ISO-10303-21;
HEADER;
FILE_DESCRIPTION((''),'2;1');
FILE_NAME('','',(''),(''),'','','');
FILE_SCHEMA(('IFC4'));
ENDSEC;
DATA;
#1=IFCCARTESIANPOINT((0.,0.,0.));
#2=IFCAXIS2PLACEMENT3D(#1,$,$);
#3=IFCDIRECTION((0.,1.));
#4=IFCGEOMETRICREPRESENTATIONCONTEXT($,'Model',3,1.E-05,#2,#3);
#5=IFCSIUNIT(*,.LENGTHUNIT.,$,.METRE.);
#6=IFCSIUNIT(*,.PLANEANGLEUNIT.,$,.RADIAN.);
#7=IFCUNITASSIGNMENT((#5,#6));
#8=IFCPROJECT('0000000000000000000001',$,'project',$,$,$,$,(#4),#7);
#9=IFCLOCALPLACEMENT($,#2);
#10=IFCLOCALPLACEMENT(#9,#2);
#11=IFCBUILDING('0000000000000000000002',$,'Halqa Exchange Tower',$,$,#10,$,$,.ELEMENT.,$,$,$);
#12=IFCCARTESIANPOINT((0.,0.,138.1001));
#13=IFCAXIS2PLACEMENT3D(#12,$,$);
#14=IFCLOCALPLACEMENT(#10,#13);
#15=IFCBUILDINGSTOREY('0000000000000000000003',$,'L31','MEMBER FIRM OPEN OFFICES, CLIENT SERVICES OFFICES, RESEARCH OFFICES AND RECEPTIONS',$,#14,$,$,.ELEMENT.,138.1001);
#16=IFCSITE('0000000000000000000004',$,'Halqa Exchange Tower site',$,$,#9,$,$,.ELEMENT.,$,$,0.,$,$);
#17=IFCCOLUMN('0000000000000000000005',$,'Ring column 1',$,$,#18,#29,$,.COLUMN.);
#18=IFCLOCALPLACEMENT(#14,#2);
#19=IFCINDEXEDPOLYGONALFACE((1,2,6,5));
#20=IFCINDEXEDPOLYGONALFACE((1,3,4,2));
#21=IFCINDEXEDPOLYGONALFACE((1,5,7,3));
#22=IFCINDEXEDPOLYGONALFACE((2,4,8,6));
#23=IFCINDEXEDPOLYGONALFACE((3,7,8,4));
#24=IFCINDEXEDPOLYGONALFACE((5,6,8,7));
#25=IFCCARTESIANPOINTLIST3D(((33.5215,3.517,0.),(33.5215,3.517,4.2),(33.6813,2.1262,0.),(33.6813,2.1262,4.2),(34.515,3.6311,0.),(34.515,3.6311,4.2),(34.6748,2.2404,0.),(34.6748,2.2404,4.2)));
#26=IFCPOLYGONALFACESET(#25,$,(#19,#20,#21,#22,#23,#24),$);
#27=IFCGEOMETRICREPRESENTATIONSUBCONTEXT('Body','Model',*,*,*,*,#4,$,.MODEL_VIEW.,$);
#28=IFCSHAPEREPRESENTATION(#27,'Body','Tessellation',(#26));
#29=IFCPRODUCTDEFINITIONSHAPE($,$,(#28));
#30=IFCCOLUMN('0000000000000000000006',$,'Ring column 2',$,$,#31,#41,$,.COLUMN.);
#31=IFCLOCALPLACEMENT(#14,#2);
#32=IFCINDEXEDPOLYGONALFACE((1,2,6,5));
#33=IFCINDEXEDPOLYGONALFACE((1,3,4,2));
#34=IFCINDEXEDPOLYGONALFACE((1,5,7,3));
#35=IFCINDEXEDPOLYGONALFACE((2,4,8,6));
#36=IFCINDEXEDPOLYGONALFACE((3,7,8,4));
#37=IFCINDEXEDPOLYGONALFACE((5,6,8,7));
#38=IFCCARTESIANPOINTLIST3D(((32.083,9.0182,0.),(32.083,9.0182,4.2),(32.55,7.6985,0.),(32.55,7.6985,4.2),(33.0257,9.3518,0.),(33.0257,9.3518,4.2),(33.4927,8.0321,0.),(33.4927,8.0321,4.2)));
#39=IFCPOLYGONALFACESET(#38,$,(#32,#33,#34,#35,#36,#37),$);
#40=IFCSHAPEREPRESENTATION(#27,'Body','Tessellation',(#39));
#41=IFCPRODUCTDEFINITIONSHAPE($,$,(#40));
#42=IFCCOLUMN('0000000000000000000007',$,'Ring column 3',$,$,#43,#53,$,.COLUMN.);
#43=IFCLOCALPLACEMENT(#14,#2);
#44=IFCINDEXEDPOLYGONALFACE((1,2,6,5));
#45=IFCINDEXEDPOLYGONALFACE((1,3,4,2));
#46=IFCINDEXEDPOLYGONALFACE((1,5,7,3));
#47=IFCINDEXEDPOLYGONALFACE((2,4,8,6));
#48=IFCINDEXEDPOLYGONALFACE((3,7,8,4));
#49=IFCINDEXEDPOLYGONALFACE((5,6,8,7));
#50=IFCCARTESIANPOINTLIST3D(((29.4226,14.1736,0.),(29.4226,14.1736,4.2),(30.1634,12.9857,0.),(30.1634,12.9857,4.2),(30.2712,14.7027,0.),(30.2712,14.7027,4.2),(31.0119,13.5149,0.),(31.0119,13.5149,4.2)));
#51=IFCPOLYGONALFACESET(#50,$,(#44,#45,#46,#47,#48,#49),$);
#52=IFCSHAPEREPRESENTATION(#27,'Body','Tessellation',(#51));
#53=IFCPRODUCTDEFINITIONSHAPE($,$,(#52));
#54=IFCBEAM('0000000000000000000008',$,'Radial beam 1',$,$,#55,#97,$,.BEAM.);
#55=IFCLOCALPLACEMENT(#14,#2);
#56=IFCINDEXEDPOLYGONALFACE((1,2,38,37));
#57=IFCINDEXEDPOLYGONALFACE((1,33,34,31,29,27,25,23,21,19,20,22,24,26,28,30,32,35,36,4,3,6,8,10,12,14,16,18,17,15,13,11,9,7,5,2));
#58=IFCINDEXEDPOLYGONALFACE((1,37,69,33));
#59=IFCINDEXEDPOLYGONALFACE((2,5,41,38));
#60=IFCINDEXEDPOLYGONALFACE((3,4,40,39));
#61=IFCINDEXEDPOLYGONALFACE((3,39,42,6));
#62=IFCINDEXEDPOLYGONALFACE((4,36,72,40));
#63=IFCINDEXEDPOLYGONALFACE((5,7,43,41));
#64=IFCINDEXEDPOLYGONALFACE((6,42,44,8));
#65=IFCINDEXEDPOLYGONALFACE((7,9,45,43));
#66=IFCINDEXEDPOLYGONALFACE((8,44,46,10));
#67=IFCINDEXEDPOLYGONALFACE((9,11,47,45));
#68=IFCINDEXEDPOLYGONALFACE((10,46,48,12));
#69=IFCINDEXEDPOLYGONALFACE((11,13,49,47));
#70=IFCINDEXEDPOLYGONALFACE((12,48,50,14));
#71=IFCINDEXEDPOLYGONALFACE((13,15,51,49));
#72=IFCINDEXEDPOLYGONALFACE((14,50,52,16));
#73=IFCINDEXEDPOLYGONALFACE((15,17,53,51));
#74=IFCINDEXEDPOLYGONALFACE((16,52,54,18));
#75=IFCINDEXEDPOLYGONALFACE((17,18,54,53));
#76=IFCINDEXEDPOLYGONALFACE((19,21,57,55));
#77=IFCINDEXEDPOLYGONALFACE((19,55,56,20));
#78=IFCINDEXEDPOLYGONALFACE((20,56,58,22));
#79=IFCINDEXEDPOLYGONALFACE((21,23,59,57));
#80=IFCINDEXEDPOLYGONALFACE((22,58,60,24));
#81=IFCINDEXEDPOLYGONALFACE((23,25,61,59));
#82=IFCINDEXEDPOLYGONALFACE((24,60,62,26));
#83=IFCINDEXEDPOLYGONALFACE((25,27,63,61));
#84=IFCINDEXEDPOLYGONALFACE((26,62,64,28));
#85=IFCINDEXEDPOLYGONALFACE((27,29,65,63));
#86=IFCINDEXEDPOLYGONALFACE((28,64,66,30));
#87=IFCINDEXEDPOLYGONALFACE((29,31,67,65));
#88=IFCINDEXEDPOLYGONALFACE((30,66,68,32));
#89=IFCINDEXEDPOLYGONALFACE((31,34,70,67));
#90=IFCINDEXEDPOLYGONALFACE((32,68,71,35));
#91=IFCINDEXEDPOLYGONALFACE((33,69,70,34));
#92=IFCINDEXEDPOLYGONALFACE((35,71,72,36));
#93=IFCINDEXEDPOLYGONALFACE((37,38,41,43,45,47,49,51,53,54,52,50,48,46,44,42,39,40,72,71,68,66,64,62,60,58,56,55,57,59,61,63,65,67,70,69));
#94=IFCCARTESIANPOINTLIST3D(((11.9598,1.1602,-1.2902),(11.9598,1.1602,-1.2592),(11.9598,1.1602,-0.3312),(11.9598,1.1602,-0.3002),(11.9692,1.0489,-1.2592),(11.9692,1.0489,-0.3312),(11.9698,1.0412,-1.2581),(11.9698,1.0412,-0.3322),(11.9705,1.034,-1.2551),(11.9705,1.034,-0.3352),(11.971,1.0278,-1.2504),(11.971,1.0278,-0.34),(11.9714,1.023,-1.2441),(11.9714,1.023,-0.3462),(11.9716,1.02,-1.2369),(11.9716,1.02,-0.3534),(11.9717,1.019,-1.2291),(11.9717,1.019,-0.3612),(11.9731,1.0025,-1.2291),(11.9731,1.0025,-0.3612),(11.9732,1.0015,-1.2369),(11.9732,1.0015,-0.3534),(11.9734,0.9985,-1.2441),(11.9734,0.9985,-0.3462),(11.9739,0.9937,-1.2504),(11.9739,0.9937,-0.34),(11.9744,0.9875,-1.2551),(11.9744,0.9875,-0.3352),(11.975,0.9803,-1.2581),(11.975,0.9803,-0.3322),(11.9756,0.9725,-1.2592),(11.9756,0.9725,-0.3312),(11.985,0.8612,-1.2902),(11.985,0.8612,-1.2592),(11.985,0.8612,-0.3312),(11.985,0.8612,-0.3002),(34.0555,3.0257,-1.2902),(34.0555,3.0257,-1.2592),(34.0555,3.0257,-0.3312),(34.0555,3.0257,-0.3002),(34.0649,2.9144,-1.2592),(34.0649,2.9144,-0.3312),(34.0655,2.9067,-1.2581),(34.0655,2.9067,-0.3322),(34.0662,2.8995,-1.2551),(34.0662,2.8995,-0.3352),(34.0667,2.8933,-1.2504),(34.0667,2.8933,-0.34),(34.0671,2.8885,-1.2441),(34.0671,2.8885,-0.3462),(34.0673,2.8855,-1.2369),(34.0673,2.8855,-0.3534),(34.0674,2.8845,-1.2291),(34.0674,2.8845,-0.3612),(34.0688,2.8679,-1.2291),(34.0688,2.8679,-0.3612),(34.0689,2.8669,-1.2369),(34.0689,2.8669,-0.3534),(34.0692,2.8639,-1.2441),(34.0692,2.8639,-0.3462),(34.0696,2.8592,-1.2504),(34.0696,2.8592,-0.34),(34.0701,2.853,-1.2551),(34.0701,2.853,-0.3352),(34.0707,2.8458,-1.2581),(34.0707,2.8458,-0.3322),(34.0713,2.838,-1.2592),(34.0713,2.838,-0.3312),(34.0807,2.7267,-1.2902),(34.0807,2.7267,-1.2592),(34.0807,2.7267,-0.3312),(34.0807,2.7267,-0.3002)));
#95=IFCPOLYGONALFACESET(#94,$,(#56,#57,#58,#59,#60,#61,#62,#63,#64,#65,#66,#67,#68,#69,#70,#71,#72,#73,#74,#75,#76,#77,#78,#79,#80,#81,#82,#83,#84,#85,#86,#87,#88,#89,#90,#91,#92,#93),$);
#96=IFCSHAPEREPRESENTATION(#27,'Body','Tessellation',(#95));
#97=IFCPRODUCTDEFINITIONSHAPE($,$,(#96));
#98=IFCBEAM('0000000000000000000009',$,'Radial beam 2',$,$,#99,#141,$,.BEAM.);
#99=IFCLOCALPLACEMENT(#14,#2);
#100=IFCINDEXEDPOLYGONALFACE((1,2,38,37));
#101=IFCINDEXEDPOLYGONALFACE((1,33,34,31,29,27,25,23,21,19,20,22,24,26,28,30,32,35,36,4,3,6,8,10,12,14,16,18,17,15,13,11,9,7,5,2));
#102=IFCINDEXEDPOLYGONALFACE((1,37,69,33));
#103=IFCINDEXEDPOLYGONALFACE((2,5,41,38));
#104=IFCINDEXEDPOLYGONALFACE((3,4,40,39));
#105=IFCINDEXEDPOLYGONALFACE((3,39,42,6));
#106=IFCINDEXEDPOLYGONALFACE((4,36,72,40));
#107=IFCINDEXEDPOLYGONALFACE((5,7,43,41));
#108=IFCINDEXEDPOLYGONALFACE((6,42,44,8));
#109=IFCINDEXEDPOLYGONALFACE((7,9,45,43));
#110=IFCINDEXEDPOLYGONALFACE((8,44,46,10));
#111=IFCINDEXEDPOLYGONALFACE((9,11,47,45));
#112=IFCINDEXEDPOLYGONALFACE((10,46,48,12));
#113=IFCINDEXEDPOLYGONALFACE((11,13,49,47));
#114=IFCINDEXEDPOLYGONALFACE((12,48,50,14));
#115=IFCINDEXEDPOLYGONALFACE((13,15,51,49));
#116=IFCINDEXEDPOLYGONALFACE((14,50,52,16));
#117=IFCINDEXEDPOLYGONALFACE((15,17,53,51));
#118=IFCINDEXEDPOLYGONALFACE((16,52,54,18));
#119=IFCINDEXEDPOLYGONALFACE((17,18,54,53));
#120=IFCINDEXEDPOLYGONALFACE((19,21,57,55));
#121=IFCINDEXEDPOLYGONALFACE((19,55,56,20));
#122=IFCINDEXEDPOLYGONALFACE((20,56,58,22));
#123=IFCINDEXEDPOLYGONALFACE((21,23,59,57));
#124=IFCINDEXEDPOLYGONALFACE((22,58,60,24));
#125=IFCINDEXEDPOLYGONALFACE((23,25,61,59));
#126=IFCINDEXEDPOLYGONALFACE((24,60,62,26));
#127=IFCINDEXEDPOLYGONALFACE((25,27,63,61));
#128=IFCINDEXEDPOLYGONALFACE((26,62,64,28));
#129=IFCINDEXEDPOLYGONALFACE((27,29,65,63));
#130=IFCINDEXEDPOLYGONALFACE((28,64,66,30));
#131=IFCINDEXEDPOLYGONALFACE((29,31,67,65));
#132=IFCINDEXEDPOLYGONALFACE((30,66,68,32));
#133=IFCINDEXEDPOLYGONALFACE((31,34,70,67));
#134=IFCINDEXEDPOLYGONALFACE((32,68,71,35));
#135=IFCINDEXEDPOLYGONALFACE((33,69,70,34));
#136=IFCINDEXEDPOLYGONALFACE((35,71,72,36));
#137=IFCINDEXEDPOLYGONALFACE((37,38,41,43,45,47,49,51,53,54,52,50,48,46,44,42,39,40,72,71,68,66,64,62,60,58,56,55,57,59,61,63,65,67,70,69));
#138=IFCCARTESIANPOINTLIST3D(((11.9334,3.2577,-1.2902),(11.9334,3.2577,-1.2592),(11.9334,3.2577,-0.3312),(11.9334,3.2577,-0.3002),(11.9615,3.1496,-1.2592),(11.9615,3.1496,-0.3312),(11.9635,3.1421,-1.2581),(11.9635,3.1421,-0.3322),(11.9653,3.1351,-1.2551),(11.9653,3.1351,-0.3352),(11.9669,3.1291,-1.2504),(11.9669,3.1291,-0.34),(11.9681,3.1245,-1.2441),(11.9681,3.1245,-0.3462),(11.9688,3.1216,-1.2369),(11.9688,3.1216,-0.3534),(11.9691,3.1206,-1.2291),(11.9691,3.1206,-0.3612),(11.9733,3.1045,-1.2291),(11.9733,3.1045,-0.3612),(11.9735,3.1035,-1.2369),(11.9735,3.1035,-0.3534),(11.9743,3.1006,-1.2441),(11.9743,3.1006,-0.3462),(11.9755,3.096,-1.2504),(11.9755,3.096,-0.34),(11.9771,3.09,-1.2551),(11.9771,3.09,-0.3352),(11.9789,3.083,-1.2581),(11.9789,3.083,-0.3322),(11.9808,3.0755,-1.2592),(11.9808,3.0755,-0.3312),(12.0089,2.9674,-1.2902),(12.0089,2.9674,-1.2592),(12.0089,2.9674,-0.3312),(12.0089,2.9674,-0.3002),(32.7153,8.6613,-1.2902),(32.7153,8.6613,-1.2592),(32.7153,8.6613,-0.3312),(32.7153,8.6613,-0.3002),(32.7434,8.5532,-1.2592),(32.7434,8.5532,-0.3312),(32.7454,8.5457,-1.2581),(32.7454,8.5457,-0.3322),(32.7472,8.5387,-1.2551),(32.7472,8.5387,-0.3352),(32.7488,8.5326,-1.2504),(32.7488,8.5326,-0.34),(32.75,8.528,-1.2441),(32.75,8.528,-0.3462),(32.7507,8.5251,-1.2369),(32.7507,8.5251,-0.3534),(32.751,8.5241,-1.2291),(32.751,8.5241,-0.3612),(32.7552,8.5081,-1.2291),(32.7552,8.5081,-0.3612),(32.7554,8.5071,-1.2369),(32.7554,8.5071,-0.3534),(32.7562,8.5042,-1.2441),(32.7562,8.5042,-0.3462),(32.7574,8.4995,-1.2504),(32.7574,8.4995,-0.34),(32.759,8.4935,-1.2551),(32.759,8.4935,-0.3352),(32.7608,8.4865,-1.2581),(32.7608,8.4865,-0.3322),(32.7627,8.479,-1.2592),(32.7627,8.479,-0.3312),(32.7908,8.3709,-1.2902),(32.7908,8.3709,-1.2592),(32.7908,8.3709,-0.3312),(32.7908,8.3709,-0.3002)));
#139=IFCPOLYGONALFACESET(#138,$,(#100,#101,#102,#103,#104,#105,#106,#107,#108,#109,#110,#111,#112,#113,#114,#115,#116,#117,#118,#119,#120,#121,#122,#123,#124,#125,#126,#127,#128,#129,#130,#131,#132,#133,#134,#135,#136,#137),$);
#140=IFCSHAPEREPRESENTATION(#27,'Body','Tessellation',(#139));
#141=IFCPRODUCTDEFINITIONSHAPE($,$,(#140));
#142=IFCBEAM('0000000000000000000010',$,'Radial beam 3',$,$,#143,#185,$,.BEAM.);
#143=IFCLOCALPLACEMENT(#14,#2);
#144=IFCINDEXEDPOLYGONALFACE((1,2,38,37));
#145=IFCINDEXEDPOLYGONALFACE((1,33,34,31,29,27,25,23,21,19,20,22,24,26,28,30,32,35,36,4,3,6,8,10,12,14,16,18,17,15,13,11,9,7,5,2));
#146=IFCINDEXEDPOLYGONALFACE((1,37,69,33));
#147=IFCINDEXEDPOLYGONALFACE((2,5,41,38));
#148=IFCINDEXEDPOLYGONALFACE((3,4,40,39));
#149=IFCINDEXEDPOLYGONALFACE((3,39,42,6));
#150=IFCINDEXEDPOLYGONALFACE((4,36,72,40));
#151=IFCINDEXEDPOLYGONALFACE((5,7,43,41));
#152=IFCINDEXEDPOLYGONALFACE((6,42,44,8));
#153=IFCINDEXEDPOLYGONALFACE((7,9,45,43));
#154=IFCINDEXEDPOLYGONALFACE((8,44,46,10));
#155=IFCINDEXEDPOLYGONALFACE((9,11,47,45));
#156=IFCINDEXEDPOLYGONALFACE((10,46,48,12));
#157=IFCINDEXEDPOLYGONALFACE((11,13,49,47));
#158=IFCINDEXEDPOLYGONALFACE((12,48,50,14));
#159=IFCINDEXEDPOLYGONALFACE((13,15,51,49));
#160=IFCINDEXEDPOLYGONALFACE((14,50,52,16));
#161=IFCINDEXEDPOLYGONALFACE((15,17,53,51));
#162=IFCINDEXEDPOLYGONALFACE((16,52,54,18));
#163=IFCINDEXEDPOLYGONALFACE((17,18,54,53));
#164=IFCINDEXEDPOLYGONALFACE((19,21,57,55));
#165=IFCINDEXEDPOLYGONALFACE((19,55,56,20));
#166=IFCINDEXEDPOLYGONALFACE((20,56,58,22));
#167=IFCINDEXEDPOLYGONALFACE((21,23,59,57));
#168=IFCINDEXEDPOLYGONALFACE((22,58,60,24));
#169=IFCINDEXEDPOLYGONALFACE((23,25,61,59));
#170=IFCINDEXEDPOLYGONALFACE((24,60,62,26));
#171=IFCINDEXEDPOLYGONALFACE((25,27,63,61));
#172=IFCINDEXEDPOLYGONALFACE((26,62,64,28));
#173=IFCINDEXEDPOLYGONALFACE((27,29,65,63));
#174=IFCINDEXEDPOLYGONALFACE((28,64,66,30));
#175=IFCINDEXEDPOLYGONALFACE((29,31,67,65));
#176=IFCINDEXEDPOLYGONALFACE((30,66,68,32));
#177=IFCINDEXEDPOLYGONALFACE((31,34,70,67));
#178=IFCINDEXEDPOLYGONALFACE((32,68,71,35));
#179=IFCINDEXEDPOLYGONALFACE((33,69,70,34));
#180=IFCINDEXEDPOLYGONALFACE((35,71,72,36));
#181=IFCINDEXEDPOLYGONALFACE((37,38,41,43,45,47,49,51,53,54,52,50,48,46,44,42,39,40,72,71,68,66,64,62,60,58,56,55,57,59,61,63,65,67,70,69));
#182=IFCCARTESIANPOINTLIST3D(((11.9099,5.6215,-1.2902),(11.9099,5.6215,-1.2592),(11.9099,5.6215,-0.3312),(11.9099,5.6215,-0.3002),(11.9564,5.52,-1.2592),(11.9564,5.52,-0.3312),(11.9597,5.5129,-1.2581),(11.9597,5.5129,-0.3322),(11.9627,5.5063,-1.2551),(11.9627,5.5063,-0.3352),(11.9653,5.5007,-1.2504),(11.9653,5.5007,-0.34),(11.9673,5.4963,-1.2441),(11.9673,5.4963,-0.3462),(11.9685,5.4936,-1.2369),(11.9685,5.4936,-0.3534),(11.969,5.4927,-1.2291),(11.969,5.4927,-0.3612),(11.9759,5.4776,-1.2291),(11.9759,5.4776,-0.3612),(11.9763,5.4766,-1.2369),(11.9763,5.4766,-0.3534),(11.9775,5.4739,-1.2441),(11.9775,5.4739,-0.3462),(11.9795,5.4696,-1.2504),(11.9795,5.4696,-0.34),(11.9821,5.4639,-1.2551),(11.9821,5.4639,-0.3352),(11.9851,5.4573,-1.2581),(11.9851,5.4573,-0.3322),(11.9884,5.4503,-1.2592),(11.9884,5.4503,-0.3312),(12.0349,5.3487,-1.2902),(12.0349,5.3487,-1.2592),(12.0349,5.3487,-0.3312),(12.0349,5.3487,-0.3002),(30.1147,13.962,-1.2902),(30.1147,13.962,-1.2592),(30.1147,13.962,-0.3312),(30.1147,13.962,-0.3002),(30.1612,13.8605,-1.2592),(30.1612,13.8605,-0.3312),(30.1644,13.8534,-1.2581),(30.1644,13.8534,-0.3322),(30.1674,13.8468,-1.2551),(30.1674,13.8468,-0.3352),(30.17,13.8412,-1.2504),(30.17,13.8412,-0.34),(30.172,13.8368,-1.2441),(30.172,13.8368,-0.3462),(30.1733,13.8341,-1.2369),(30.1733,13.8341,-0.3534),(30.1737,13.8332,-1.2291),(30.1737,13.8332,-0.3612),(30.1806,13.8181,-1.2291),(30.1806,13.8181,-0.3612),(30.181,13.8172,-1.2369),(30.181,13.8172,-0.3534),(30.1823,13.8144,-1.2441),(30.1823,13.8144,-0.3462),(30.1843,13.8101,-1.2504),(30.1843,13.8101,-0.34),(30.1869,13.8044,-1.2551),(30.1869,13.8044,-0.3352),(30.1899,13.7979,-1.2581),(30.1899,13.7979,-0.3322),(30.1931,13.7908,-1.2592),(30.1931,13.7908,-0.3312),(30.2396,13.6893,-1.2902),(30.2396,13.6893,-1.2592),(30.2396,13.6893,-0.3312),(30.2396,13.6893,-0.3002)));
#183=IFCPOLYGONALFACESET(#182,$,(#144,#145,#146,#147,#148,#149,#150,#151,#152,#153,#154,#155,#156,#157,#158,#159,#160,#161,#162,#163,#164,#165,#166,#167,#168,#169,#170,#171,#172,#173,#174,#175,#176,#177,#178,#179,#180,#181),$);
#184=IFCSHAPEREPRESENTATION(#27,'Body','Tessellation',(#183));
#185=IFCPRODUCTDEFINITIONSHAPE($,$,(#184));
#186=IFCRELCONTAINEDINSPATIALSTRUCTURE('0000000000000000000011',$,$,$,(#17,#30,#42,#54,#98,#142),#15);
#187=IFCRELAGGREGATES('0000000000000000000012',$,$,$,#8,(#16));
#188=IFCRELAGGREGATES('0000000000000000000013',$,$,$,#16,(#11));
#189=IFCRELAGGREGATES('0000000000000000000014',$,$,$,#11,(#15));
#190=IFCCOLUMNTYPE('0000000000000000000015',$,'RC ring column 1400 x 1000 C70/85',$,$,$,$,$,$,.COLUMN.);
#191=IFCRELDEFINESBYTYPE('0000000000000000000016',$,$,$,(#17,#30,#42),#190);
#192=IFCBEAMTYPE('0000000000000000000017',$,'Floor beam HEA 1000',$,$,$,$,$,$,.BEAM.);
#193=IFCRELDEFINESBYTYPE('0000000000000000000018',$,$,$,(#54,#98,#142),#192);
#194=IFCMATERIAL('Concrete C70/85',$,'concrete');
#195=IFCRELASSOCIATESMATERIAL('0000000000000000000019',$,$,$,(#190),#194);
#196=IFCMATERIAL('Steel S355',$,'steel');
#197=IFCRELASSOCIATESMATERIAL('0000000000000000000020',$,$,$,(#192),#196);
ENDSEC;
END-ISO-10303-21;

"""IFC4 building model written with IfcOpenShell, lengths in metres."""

from ifc_helpers import new_model, si_unit, direction, frame, origin, origin_2d, place, context, subcontext, project, spatial, rectangle, i_section, extrude, material, material_profile, profile_set, type_object, element, save


model = new_model("IFC4")

# Units and contexts
model_context = context("Model", 3, precision=1e-05, world=origin(), true_north=direction((0.0, 1.0)))
body_context = subcontext(model_context, "Body", "Model", "MODEL_VIEW")
ifc_project = project(units=[si_unit("LENGTHUNIT", "METRE"), si_unit("PLANEANGLEUNIT", "RADIAN")], contexts=[model_context])

# Site, building, storey
site_placement = place(None, origin())
site = spatial("IfcSite", under=ifc_project, at=site_placement, Name="Halqa Exchange Tower site", CompositionType="ELEMENT", RefElevation=0.0)
building_placement = place(site_placement, origin())
building = spatial("IfcBuilding", under=site, at=building_placement, Name="Halqa Exchange Tower", CompositionType="ELEMENT")
storey_placement = place(building_placement, frame((0.0, 0.0, 138.1001)))
storey = spatial("IfcBuildingStorey", under=building, at=storey_placement, Name="L31", Description="MEMBER FIRM OPEN OFFICES, CLIENT SERVICES OFFICES, RESEARCH OFFICES AND RECEPTIONS", CompositionType="ELEMENT", Elevation=138.1001)

# Columns
ifc_material_1 = material(Name="Concrete C70/85", Category="concrete")
ifc_material_profile_1 = material_profile(ifc_material_1, rectangle(XDim=1.3999, YDim=1.0, at=origin_2d()), Name="1400 x 1000")
ifc_profile_set_1 = profile_set([ifc_material_profile_1], Name="Concrete C70/85")
column_type = type_object("IfcColumnType", Name="RC ring column 1400 x 1000 C70/85", PredefinedType="COLUMN", material=ifc_profile_set_1)
for number, where, z_axis, x_axis, name in (
    (1, (34.0981, 2.8787, 0.0), (0.0, 0.0, 1.0), (-0.114159, 0.993463, 0.0), "Ring column 1"),
    (2, (32.7878, 8.5251, 0.0), (0.0, 0.0, 1.0), (-0.333629, 0.942704, 0.0), "Ring column 2"),
    (3, (30.2173, 13.8442, 0.0), (0.0, 0.0, 1.0), (-0.529138, 0.848536, 0.0), "Ring column 3"),
):
    element("IfcColumn", number, at=place(storey_placement, frame(where, z_axis=z_axis, x_axis=x_axis)), inside=storey, type_object=column_type, Name=name, PredefinedType="COLUMN", context=body_context, shape_type="SweptSolid", body=[
        extrude(rectangle(XDim=1.3999, YDim=1.0, at=origin_2d()), origin(), (0.0, 0.0, 1.0), 4.2),
    ])

# Beams
ifc_material_2 = material(Name="Steel S355", Category="steel")
ifc_material_profile_2 = material_profile(ifc_material_2, i_section(OverallWidth=0.3, OverallDepth=0.99, WebThickness=0.0166, FlangeThickness=0.031, FilletRadius=0.03, at=origin_2d()), Name="HEA 1000")
ifc_profile_set_2 = profile_set([ifc_material_profile_2], Name="Steel S355")
beam_type_1 = type_object("IfcBeamType", Name="Floor beam HEA 1000", PredefinedType="BEAM", material=ifc_profile_set_2)
beam_1_placement = place(storey_placement, frame((11.9724, 1.0107, -0.7952), z_axis=(0.996455, 0.084128, 0.0), x_axis=(-0.084128, 0.996455, 0.0)))
element("IfcBeam", 4, at=beam_1_placement, inside=storey, type_object=beam_type_1, Name="Radial beam 1", PredefinedType="BEAM", context=body_context, shape_type="SweptSolid", body=[
    extrude(i_section(OverallWidth=0.3, OverallDepth=0.99, WebThickness=0.0166, FlangeThickness=0.031, FilletRadius=0.03, at=origin_2d()), origin(), (0.0, 0.0, 1.0), 22.1743),
])
beam_2_placement = place(storey_placement, frame((11.9712, 3.1125, -0.7952), z_axis=(0.96782, 0.251645, 0.0), x_axis=(-0.251645, 0.96782, 0.0)))
element("IfcBeam", 5, at=beam_2_placement, inside=storey, type_object=beam_type_1, Name="Radial beam 2", PredefinedType="BEAM", context=body_context, shape_type="SweptSolid", body=[
    extrude(i_section(OverallWidth=0.3, OverallDepth=0.99, WebThickness=0.0166, FlangeThickness=0.031, FilletRadius=0.03, at=origin_2d()), origin(), (0.0, 0.0, 1.0), 21.4729),
])
beam_3_placement = place(storey_placement, frame((11.9724, 5.4851, -0.7952), z_axis=(0.909127, 0.416518, 0.0), x_axis=(-0.416518, 0.909127, 0.0)))
element("IfcBeam", 6, at=beam_3_placement, inside=storey, type_object=beam_type_1, Name="Radial beam 3", PredefinedType="BEAM", context=body_context, shape_type="SweptSolid", body=[
    extrude(i_section(OverallWidth=0.3, OverallDepth=0.99, WebThickness=0.0166, FlangeThickness=0.031, FilletRadius=0.03, at=origin_2d()), origin(), (0.0, 0.0, 1.0), 20.0244),
])

save(model, "model.ifc")
